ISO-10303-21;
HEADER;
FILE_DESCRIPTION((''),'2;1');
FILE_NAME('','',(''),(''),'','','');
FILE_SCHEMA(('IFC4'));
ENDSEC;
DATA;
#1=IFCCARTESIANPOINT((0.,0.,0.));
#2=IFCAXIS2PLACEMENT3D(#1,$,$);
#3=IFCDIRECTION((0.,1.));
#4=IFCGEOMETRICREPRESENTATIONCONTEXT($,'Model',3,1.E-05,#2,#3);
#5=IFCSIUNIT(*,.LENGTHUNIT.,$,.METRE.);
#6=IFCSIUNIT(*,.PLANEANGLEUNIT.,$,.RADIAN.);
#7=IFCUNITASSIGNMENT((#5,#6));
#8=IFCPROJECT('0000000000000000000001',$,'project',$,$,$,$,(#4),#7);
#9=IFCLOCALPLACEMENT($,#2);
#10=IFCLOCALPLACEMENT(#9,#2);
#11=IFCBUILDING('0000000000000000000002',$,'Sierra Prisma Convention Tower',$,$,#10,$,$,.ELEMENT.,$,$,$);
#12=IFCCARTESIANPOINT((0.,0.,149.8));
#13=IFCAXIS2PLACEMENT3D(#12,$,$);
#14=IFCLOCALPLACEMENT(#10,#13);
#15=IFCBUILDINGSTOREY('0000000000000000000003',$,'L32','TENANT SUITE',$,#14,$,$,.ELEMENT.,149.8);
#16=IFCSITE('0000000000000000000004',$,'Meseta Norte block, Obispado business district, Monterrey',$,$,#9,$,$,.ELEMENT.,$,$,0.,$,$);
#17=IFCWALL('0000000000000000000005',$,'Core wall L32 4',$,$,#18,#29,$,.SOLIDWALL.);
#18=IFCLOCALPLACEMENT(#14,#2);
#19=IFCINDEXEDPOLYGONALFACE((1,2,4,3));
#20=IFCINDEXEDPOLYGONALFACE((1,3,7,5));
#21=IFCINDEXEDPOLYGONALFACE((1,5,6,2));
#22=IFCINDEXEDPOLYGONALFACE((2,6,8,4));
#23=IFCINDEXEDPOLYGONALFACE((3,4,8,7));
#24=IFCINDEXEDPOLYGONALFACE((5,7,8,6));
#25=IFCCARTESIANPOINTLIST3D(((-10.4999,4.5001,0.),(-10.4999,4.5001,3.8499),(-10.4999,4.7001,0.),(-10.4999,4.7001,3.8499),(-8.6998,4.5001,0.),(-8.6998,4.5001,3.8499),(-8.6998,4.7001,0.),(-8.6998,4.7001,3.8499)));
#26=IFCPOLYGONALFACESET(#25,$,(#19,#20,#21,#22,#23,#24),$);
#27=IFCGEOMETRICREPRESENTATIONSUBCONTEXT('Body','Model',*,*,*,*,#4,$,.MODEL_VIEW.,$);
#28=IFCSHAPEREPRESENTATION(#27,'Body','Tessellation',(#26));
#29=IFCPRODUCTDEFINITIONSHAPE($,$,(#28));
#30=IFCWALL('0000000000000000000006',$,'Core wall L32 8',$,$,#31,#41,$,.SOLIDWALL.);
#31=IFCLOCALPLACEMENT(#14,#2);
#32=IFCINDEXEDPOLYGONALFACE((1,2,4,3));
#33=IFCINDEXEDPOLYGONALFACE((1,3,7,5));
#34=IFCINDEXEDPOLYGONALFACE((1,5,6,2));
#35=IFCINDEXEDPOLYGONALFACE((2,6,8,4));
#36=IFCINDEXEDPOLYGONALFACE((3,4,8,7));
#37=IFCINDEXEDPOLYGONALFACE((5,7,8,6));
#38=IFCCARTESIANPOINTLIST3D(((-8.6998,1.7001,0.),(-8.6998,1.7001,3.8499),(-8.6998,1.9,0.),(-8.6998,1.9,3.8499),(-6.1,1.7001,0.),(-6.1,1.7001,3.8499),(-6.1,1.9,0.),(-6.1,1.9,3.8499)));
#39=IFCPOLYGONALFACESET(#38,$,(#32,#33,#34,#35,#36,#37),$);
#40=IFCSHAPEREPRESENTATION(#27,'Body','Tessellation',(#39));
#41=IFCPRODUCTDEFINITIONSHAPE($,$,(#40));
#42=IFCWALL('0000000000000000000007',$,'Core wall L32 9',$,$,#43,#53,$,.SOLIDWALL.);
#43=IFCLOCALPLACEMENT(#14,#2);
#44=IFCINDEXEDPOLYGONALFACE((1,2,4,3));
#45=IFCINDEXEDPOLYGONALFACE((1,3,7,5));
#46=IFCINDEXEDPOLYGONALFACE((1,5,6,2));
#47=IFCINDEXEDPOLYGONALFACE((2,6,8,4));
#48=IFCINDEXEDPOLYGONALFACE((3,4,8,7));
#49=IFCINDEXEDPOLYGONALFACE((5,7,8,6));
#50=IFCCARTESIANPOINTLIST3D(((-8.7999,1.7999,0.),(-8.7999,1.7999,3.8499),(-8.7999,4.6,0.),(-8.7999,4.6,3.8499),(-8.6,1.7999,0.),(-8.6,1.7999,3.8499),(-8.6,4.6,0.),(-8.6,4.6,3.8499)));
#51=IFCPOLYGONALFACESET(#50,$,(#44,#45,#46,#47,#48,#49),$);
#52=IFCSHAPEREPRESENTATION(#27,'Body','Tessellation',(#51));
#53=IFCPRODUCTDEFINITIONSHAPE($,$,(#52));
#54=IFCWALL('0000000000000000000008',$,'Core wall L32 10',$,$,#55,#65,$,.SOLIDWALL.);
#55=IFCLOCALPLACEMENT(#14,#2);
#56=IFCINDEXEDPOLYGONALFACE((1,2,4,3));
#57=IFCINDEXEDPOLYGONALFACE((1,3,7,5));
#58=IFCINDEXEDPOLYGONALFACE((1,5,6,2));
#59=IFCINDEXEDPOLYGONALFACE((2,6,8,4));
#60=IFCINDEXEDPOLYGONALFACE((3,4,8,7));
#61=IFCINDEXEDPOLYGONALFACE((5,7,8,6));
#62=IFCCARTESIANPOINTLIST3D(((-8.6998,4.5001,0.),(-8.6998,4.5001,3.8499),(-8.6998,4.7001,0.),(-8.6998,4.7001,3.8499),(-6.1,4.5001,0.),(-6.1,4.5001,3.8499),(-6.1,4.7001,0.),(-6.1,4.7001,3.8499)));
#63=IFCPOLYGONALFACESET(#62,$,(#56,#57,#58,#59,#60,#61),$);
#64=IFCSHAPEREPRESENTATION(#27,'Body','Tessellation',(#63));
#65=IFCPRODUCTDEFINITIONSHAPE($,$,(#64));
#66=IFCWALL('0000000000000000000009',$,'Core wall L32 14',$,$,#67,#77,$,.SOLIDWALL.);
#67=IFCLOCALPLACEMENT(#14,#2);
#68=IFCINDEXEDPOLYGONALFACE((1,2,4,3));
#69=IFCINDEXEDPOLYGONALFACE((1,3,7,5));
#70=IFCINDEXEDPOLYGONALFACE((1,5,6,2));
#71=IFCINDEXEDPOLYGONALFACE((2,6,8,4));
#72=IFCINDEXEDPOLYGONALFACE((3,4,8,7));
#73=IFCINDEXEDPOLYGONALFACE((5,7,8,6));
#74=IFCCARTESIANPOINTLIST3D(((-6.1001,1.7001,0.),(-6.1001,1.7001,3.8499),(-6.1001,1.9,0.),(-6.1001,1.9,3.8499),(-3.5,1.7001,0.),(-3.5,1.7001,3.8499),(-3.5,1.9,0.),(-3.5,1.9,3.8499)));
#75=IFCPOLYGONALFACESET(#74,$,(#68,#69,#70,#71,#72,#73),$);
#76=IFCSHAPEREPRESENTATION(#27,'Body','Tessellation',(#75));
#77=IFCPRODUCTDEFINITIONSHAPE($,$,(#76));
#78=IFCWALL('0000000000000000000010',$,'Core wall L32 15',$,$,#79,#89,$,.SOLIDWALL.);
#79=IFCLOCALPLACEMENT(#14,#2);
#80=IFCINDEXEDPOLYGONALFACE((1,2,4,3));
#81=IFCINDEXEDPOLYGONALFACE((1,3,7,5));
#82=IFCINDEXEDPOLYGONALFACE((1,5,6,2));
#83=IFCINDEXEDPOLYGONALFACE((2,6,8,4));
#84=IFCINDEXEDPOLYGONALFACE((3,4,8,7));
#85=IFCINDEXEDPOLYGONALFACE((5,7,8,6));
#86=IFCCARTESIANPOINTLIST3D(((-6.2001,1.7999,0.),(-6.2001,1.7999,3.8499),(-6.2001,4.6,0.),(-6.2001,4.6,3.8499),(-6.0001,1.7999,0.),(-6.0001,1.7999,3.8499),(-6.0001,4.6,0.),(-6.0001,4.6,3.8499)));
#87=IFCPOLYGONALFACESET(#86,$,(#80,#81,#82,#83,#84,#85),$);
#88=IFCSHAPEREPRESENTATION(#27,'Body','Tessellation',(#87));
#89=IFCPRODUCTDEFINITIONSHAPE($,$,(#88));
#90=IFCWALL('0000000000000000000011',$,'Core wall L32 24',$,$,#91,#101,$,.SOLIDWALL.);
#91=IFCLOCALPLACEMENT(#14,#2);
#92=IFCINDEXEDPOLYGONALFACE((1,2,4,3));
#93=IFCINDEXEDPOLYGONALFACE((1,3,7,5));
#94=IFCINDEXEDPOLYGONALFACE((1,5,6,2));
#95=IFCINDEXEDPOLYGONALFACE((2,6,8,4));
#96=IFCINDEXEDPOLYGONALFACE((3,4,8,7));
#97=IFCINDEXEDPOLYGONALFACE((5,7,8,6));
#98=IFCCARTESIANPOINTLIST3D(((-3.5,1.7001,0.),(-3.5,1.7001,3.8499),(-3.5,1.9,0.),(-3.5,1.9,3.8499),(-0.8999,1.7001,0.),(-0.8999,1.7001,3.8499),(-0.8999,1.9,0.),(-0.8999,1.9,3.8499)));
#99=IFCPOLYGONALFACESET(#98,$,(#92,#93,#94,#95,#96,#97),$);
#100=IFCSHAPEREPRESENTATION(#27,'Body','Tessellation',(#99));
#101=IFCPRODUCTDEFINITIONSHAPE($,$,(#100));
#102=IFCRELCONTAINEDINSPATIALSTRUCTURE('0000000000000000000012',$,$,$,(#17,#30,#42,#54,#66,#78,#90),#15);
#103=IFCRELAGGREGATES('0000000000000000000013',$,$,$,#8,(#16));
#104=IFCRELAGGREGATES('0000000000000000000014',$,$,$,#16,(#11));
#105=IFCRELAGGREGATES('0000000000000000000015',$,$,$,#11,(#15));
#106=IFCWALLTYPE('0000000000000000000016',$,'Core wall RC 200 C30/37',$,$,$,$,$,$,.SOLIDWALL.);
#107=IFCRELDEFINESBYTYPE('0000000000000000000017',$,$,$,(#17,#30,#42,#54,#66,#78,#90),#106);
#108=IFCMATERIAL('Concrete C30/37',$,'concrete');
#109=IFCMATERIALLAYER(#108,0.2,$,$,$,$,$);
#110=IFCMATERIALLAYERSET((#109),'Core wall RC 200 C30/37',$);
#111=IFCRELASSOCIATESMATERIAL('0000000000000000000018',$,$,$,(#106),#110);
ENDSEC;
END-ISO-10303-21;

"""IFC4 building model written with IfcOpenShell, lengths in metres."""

from ifc_helpers import new_model, si_unit, direction, frame, frame_2d, origin, place, context, subcontext, project, spatial, rectangle, extrude, material, layer, layer_set, type_object, element, save


model = new_model("IFC4")

# Units and contexts
model_context = context("Model", 3, precision=1e-05, world=origin(), true_north=direction((0.0, 1.0)))
body_context = subcontext(model_context, "Body", "Model", "MODEL_VIEW")
ifc_project = project(units=[si_unit("LENGTHUNIT", "METRE"), si_unit("PLANEANGLEUNIT", "RADIAN")], contexts=[model_context])

# Site, building, storey
site_placement = place(None, origin())
site = spatial("IfcSite", under=ifc_project, at=site_placement, Name="Meseta Norte block, Obispado business district, Monterrey", CompositionType="ELEMENT", RefElevation=0.0)
building_placement = place(site_placement, origin())
building = spatial("IfcBuilding", under=site, at=building_placement, Name="Sierra Prisma Convention Tower", CompositionType="ELEMENT")
storey_placement = place(building_placement, frame((0.0, 0.0, 149.8)))
storey = spatial("IfcBuildingStorey", under=building, at=storey_placement, Name="L32", Description="TENANT SUITE", CompositionType="ELEMENT", Elevation=149.8)

# Shared definitions
ifc_material_1 = material(Name="Concrete C30/37", Category="concrete")
ifc_layer_1 = layer(ifc_material_1, 0.2)
ifc_layer_set_1 = layer_set([ifc_layer_1], Name="Core wall RC 200 C30/37")
wall_type = type_object("IfcWallType", Name="Core wall RC 200 C30/37", PredefinedType="SOLIDWALL", material=ifc_layer_set_1)

# Wall
wall_1_placement = place(storey_placement, frame((-8.7, 4.6001, 0.0), z_axis=(0.0, 0.0, 1.0), x_axis=(-1.0, 0.0, 0.0)))
element("IfcWall", 1, at=wall_1_placement, inside=storey, type_object=wall_type, Name="Core wall L32 4", PredefinedType="SOLIDWALL", context=body_context, shape_type="SweptSolid", body=[
    extrude(rectangle(XDim=1.8, YDim=0.2, at=frame_2d((0.8999, 0.0))), origin(), (0.0, 0.0, 1.0), 3.8499),
])

# Walls
wall_2_placement = place(storey_placement, frame((-6.1001, 1.8, 0.0), z_axis=(0.0, 0.0, 1.0), x_axis=(-1.0, 0.0, 0.0)))
element("IfcWall", 2, at=wall_2_placement, inside=storey, type_object=wall_type, Name="Core wall L32 8", PredefinedType="SOLIDWALL", context=body_context, shape_type="SweptSolid", body=[
    extrude(rectangle(XDim=2.5999, YDim=0.2, at=frame_2d((1.2998, 0.0))), origin(), (0.0, 0.0, 1.0), 3.8499),
])
wall_3_placement = place(storey_placement, frame((-8.7, 1.8, 0.0), z_axis=(0.0, 0.0, 1.0), x_axis=(0.0, 1.0, 0.0)))
element("IfcWall", 3, at=wall_3_placement, inside=storey, type_object=wall_type, Name="Core wall L32 9", PredefinedType="SOLIDWALL", context=body_context, shape_type="SweptSolid", body=[
    extrude(rectangle(XDim=2.8, YDim=0.2, at=frame_2d((1.3999, 0.0))), origin(), (0.0, 0.0, 1.0), 3.8499),
])
wall_4_placement = place(storey_placement, frame((-6.1001, 4.6001, 0.0), z_axis=(0.0, 0.0, 1.0), x_axis=(-1.0, 0.0, 0.0)))
element("IfcWall", 4, at=wall_4_placement, inside=storey, type_object=wall_type, Name="Core wall L32 10", PredefinedType="SOLIDWALL", context=body_context, shape_type="SweptSolid", body=[
    extrude(rectangle(XDim=2.5999, YDim=0.2, at=frame_2d((1.2998, 0.0))), origin(), (0.0, 0.0, 1.0), 3.8499),
])

# Walls
wall_5_placement = place(storey_placement, frame((-3.5, 1.8, 0.0), z_axis=(0.0, 0.0, 1.0), x_axis=(-1.0, 0.0, 0.0)))
element("IfcWall", 5, at=wall_5_placement, inside=storey, type_object=wall_type, Name="Core wall L32 14", PredefinedType="SOLIDWALL", context=body_context, shape_type="SweptSolid", body=[
    extrude(rectangle(XDim=2.6001, YDim=0.2, at=frame_2d((1.3, 0.0))), origin(), (0.0, 0.0, 1.0), 3.8499),
])
wall_6_placement = place(storey_placement, frame((-6.1001, 1.8, 0.0), z_axis=(0.0, 0.0, 1.0), x_axis=(0.0, 1.0, 0.0)))
element("IfcWall", 6, at=wall_6_placement, inside=storey, type_object=wall_type, Name="Core wall L32 15", PredefinedType="SOLIDWALL", context=body_context, shape_type="SweptSolid", body=[
    extrude(rectangle(XDim=2.8, YDim=0.2, at=frame_2d((1.3999, 0.0))), origin(), (0.0, 0.0, 1.0), 3.8499),
])

# Wall
wall_7_placement = place(storey_placement, frame((-0.8999, 1.8, 0.0), z_axis=(0.0, 0.0, 1.0), x_axis=(-1.0, 0.0, 0.0)))
element("IfcWall", 7, at=wall_7_placement, inside=storey, type_object=wall_type, Name="Core wall L32 24", PredefinedType="SOLIDWALL", context=body_context, shape_type="SweptSolid", body=[
    extrude(rectangle(XDim=2.6001, YDim=0.2, at=frame_2d((1.3, 0.0))), origin(), (0.0, 0.0, 1.0), 3.8499),
])

save(model, "model.ifc")
